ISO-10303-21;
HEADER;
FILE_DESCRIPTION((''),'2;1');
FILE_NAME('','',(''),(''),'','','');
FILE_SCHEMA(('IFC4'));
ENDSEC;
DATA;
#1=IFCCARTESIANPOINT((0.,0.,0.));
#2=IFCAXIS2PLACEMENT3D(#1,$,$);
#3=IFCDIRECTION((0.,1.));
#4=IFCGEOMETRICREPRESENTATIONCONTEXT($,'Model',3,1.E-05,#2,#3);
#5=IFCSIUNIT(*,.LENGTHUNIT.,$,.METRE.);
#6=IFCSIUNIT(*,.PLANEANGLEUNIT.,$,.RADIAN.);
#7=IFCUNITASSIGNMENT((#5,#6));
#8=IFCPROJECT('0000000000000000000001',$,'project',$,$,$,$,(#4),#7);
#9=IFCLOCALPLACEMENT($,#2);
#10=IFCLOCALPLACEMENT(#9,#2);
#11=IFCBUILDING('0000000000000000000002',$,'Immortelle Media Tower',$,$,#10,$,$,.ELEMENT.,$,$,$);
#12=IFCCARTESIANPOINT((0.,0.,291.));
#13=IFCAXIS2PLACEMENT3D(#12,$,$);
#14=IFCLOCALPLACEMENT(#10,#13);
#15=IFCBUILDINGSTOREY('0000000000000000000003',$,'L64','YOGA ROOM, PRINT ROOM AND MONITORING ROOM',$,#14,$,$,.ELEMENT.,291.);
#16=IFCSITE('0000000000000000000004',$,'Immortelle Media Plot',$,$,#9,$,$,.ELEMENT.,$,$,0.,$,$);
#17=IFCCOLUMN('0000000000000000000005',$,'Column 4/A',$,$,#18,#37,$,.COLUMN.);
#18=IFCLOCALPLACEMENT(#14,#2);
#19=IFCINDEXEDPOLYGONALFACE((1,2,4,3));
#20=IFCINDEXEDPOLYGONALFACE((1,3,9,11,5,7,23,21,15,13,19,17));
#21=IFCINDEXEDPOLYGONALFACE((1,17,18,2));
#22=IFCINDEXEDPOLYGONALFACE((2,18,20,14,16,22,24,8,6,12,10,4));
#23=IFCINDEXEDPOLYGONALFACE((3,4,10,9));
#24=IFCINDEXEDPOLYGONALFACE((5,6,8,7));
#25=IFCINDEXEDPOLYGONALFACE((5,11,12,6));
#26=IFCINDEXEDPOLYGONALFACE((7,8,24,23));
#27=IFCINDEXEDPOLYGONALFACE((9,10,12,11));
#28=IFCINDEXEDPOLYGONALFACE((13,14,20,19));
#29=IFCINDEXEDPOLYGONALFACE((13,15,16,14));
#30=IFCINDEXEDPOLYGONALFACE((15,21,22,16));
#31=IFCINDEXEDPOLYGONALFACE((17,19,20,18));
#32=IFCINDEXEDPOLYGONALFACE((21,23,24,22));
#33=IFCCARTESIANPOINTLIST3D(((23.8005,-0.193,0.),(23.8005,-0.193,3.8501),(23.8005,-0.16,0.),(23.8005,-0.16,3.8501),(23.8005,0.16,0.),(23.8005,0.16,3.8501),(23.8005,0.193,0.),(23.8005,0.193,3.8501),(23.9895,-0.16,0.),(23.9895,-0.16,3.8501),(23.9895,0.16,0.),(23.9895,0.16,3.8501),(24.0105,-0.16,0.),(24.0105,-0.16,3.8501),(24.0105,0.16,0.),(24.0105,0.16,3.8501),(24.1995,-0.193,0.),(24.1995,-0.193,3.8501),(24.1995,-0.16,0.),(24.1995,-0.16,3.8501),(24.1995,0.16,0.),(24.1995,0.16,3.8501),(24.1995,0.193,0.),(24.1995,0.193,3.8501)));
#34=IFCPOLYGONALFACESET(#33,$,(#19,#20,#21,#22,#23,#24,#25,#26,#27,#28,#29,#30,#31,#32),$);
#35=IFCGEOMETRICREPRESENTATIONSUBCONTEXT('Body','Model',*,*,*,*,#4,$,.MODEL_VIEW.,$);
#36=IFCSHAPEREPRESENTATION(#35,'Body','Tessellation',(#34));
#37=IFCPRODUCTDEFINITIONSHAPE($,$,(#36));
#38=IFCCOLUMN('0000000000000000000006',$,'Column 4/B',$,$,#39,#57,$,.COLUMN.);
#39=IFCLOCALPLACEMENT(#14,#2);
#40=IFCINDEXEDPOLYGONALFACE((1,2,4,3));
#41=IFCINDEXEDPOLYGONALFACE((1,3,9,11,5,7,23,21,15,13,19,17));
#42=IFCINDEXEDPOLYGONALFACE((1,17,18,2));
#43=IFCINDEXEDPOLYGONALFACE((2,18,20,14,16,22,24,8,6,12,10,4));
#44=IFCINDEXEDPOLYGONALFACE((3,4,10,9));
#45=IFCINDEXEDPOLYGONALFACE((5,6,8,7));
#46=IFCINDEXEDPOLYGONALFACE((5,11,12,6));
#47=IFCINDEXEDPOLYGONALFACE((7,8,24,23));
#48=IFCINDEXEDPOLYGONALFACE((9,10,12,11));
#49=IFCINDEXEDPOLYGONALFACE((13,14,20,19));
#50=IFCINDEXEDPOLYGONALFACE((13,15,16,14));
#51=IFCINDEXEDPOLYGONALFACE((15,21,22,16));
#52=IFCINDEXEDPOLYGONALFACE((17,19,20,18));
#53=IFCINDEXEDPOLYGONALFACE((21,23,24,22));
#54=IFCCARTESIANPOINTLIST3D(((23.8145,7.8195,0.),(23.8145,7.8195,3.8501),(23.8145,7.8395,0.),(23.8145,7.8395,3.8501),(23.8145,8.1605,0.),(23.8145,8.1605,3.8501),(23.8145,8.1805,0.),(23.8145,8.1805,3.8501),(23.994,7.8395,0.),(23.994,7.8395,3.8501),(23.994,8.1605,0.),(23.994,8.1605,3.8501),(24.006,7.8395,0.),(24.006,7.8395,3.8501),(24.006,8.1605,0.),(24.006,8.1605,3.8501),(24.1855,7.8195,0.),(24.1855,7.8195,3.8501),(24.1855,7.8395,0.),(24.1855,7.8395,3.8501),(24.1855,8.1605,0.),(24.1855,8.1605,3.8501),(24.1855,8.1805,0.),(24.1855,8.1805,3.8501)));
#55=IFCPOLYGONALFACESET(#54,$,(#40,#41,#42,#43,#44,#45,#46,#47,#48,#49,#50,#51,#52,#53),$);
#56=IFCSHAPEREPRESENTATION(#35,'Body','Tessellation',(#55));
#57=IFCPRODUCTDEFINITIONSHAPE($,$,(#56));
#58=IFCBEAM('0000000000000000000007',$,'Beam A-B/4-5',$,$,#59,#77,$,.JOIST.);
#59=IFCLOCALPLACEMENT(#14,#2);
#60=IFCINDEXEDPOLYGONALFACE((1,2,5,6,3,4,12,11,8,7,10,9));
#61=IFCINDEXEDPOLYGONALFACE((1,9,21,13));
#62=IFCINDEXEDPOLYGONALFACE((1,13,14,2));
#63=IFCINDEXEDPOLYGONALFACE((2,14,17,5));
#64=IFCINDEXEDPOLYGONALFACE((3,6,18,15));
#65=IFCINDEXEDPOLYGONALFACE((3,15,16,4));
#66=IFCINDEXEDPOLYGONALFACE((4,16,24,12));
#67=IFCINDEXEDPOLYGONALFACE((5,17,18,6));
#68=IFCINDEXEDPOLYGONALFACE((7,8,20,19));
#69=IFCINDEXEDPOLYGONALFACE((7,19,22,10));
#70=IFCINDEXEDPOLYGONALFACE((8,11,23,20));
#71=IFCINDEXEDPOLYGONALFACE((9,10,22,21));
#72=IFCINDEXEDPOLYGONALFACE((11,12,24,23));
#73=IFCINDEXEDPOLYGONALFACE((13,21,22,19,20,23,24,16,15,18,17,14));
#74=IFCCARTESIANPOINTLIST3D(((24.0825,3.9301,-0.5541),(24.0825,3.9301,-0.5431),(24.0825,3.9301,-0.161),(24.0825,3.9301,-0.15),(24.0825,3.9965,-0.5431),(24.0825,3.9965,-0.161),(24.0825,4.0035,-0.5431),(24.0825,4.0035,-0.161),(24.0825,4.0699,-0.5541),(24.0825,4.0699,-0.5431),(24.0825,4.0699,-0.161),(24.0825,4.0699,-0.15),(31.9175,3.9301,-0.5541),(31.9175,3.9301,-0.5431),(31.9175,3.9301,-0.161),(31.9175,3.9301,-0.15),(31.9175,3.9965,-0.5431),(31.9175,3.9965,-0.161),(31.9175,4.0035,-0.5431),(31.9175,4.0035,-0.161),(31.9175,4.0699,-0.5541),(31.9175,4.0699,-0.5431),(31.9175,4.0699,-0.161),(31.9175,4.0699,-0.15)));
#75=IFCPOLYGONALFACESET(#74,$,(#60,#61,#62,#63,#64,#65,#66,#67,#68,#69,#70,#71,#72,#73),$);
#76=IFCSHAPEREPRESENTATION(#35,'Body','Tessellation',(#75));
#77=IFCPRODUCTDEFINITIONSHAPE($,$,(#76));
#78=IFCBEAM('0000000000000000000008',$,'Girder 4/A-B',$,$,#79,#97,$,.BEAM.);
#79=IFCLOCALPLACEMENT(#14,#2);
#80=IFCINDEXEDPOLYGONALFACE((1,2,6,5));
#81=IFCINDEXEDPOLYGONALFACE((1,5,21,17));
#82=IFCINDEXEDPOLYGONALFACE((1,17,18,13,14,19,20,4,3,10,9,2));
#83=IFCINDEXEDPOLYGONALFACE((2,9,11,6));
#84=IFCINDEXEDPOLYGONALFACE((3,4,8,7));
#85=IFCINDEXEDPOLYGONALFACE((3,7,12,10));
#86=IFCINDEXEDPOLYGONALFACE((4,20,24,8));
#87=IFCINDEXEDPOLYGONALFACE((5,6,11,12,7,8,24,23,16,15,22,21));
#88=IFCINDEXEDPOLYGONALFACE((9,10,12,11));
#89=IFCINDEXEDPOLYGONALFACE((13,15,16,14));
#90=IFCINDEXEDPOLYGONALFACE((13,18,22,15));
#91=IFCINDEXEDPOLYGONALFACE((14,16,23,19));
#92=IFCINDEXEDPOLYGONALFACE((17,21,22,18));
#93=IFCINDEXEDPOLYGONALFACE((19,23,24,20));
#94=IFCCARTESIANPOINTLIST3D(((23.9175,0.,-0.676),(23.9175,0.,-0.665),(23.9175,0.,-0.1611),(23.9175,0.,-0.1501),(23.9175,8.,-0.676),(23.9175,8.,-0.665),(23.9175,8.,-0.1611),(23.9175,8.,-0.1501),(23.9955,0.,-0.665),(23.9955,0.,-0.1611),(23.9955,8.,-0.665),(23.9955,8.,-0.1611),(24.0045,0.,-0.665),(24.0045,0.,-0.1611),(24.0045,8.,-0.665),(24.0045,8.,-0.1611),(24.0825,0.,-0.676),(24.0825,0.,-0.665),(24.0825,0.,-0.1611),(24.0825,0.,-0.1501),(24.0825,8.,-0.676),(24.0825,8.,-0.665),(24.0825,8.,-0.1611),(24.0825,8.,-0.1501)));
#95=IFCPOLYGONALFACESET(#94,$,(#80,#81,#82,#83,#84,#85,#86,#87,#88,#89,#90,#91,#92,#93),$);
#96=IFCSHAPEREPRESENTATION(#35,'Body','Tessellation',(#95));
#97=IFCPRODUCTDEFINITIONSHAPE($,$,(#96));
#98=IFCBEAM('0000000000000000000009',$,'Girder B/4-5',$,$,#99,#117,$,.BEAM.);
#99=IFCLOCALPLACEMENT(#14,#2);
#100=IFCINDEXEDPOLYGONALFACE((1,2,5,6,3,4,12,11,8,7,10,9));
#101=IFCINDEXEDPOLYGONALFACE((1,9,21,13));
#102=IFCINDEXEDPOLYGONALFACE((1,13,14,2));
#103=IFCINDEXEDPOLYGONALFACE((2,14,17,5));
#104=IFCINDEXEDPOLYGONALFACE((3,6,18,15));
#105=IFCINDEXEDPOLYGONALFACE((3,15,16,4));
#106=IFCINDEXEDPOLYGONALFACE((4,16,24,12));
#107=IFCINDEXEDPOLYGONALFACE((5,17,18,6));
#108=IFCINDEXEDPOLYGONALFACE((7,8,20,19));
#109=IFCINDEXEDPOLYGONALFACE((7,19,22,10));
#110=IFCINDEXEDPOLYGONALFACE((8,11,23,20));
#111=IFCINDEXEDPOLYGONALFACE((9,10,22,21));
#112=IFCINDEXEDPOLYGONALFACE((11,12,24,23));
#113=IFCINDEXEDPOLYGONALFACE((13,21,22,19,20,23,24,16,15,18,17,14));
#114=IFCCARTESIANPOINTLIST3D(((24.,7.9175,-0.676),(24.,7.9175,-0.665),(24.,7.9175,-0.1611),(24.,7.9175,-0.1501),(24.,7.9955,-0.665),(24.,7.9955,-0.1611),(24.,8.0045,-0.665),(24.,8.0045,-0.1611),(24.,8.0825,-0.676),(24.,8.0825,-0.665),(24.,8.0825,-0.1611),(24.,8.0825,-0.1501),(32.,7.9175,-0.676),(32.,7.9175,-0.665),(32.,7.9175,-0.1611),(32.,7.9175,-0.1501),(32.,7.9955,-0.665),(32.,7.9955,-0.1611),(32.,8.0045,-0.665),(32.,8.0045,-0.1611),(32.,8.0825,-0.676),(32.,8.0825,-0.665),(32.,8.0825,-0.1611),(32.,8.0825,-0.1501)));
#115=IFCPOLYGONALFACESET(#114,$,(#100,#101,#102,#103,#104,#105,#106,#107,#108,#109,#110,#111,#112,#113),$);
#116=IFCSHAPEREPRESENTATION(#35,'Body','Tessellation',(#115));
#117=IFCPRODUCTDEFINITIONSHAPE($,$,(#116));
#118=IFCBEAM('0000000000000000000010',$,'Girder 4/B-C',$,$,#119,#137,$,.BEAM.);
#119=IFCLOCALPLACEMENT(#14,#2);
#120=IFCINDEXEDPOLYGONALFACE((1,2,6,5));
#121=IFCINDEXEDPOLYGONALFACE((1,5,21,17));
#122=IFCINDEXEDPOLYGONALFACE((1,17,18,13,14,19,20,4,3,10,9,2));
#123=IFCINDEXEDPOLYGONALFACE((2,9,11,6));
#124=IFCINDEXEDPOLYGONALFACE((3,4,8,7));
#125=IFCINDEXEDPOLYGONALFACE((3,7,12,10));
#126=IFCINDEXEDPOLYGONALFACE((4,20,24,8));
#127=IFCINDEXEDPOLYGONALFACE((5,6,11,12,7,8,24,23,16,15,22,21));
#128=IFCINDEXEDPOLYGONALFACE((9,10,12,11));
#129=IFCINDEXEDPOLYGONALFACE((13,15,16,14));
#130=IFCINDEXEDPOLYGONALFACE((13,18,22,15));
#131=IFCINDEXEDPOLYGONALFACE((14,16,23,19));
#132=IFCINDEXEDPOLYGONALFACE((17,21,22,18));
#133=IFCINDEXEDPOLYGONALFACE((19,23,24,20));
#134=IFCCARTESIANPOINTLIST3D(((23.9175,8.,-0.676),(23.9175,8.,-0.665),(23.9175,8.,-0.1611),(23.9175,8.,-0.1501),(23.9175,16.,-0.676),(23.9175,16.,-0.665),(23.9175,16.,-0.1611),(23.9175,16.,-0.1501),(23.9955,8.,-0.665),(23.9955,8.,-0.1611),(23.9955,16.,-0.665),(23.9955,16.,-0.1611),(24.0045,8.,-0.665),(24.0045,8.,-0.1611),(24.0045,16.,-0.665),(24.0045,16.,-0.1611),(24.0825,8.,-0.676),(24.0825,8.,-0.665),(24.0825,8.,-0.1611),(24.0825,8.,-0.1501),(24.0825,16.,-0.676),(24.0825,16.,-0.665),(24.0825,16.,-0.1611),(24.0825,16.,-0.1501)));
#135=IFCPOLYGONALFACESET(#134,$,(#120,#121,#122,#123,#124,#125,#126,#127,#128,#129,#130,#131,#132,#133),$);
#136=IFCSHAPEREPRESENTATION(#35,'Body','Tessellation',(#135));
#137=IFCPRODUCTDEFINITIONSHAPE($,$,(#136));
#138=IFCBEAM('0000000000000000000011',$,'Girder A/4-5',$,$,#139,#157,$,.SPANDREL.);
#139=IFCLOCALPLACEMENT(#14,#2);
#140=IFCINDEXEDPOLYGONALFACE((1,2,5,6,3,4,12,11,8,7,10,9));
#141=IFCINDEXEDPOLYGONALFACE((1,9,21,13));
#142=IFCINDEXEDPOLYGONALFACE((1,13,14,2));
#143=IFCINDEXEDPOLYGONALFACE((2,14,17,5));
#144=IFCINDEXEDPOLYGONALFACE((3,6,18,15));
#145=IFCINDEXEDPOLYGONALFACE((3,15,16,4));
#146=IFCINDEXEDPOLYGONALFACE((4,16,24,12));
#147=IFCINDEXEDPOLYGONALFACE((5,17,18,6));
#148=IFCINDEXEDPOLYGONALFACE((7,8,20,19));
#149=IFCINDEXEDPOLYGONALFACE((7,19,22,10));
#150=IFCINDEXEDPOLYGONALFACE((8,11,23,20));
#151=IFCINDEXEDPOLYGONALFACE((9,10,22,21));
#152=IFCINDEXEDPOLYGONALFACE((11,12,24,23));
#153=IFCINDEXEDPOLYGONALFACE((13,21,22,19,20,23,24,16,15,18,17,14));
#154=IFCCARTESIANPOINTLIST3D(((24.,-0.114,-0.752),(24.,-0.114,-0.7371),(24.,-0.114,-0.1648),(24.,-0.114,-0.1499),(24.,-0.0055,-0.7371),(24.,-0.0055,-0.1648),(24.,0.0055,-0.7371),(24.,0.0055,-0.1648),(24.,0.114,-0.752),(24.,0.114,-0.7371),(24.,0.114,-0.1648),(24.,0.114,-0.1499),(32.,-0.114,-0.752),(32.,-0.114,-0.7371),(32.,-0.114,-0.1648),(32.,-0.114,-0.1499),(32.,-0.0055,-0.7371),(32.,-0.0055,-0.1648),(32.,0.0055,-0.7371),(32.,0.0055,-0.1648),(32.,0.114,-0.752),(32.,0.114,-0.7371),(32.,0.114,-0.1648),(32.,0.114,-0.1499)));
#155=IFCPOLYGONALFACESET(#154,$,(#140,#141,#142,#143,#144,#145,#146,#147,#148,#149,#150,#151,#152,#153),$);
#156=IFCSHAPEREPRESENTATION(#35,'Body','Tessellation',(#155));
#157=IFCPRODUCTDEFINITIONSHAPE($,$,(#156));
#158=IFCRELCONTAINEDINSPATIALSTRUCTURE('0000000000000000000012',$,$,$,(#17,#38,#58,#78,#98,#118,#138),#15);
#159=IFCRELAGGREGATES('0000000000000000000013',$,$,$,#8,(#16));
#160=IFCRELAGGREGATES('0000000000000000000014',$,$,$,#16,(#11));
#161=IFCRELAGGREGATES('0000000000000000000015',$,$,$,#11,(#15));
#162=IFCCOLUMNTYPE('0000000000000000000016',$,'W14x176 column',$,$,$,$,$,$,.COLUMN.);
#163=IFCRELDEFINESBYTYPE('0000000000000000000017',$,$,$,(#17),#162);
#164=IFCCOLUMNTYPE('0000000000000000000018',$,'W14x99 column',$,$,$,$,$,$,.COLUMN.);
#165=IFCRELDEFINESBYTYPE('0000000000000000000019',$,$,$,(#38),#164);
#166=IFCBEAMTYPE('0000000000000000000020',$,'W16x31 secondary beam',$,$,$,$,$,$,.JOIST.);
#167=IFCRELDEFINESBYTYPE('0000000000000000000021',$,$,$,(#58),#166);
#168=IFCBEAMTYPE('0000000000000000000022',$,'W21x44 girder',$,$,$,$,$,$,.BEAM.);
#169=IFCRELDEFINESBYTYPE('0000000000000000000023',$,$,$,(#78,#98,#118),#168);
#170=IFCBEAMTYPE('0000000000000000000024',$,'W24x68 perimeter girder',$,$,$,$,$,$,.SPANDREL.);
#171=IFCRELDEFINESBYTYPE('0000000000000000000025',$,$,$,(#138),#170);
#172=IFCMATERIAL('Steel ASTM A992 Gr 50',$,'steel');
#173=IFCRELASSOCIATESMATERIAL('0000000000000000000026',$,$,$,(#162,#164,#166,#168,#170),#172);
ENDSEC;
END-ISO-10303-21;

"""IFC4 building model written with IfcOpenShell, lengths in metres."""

from ifc_helpers import new_model, si_unit, direction, frame, origin, origin_2d, place, context, subcontext, project, spatial, i_section, extrude, material, material_profile, profile_set, type_object, element, save


model = new_model("IFC4")

# Units and contexts
model_context = context("Model", 3, precision=1e-05, world=origin(), true_north=direction((0.0, 1.0)))
body_context = subcontext(model_context, "Body", "Model", "MODEL_VIEW")
ifc_project = project(units=[si_unit("LENGTHUNIT", "METRE"), si_unit("PLANEANGLEUNIT", "RADIAN")], contexts=[model_context])

# Site, building, storey
site_placement = place(None, origin())
site = spatial("IfcSite", under=ifc_project, at=site_placement, Name="Immortelle Media Plot", CompositionType="ELEMENT", RefElevation=0.0)
building_placement = place(site_placement, origin())
building = spatial("IfcBuilding", under=site, at=building_placement, Name="Immortelle Media Tower", CompositionType="ELEMENT")
storey_placement = place(building_placement, frame((0.0, 0.0, 291.0)))
storey = spatial("IfcBuildingStorey", under=building, at=storey_placement, Name="L64", Description="YOGA ROOM, PRINT ROOM AND MONITORING ROOM", CompositionType="ELEMENT", Elevation=291.0)

# Columns
ifc_material_1 = material(Name="Steel ASTM A992 Gr 50", Category="steel")
ifc_material_profile_1 = material_profile(ifc_material_1, i_section(OverallWidth=0.3989, OverallDepth=0.386, WebThickness=0.021, FlangeThickness=0.033, at=origin_2d()), Name="W14x176")
ifc_profile_set_1 = profile_set([ifc_material_profile_1], Name="Steel ASTM A992 Gr 50")
column_type_1 = type_object("IfcColumnType", Name="W14x176 column", PredefinedType="COLUMN", material=ifc_profile_set_1)
column_1_placement = place(storey_placement, frame((24.0, 0.0, 0.0), z_axis=(0.0, 0.0, 1.0), x_axis=(1.0, 0.0, 0.0)))
element("IfcColumn", 1, at=column_1_placement, inside=storey, type_object=column_type_1, Name="Column 4/A", PredefinedType="COLUMN", context=body_context, shape_type="SweptSolid", body=[
    extrude(i_section(OverallWidth=0.3989, OverallDepth=0.386, WebThickness=0.021, FlangeThickness=0.033, at=origin_2d()), origin(), (0.0, 0.0, 1.0), 3.8501),
])
ifc_material_profile_2 = material_profile(ifc_material_1, i_section(OverallWidth=0.3711, OverallDepth=0.3611, WebThickness=0.012, FlangeThickness=0.02, at=origin_2d()), Name="W14x99")
ifc_profile_set_2 = profile_set([ifc_material_profile_2], Name="Steel ASTM A992 Gr 50")
column_type_2 = type_object("IfcColumnType", Name="W14x99 column", PredefinedType="COLUMN", material=ifc_profile_set_2)
column_2_placement = place(storey_placement, frame((24.0, 8.0, 0.0), z_axis=(0.0, 0.0, 1.0), x_axis=(1.0, 0.0, 0.0)))
element("IfcColumn", 2, at=column_2_placement, inside=storey, type_object=column_type_2, Name="Column 4/B", PredefinedType="COLUMN", context=body_context, shape_type="SweptSolid", body=[
    extrude(i_section(OverallWidth=0.3711, OverallDepth=0.3611, WebThickness=0.012, FlangeThickness=0.02, at=origin_2d()), origin(), (0.0, 0.0, 1.0), 3.8501),
])

# Beams
ifc_material_profile_3 = material_profile(ifc_material_1, i_section(OverallWidth=0.1399, OverallDepth=0.4041, WebThickness=0.0071, FlangeThickness=0.011, at=origin_2d()), Name="W16x31")
ifc_profile_set_3 = profile_set([ifc_material_profile_3], Name="Steel ASTM A992 Gr 50")
beam_type_1 = type_object("IfcBeamType", Name="W16x31 secondary beam", PredefinedType="JOIST", material=ifc_profile_set_3)
beam_1_placement = place(storey_placement, frame((24.0825, 4.0, -0.3521), z_axis=(1.0, 0.0, 0.0), x_axis=(0.0, 1.0, 0.0)))
element("IfcBeam", 3, at=beam_1_placement, inside=storey, type_object=beam_type_1, Name="Beam A-B/4-5", PredefinedType="JOIST", context=body_context, shape_type="SweptSolid", body=[
    extrude(i_section(OverallWidth=0.1399, OverallDepth=0.4041, WebThickness=0.0071, FlangeThickness=0.011, at=origin_2d()), origin(), (0.0, 0.0, 1.0), 7.835),
])
ifc_material_profile_4 = material_profile(ifc_material_1, i_section(OverallWidth=0.165, OverallDepth=0.5259, WebThickness=0.009, FlangeThickness=0.011, at=origin_2d()), Name="W21x44")
ifc_profile_set_4 = profile_set([ifc_material_profile_4], Name="Steel ASTM A992 Gr 50")
beam_type_2 = type_object("IfcBeamType", Name="W21x44 girder", PredefinedType="BEAM", material=ifc_profile_set_4)
for number, where, z_axis, x_axis, name in (
    (4, (24.0, 0.0, -0.4131), (0.0, 1.0, 0.0), (-1.0, 0.0, 0.0), "Girder 4/A-B"),
    (5, (24.0, 8.0, -0.4131), (1.0, 0.0, 0.0), (0.0, 1.0, 0.0), "Girder B/4-5"),
    (6, (24.0, 8.0, -0.4131), (0.0, 1.0, 0.0), (-1.0, 0.0, 0.0), "Girder 4/B-C"),
):
    element("IfcBeam", number, at=place(storey_placement, frame(where, z_axis=z_axis, x_axis=x_axis)), inside=storey, type_object=beam_type_2, Name=name, PredefinedType="BEAM", context=body_context, shape_type="SweptSolid", body=[
        extrude(i_section(OverallWidth=0.165, OverallDepth=0.5259, WebThickness=0.009, FlangeThickness=0.011, at=origin_2d()), origin(), (0.0, 0.0, 1.0), 8.0),
    ])
ifc_material_profile_5 = material_profile(ifc_material_1, i_section(OverallWidth=0.228, OverallDepth=0.6021, WebThickness=0.011, FlangeThickness=0.0149, at=origin_2d()), Name="W24x68")
ifc_profile_set_5 = profile_set([ifc_material_profile_5], Name="Steel ASTM A992 Gr 50")
beam_type_3 = type_object("IfcBeamType", Name="W24x68 perimeter girder", PredefinedType="SPANDREL", material=ifc_profile_set_5)
beam_2_placement = place(storey_placement, frame((24.0, 0.0, -0.4509), z_axis=(1.0, 0.0, 0.0), x_axis=(0.0, 1.0, 0.0)))
element("IfcBeam", 7, at=beam_2_placement, inside=storey, type_object=beam_type_3, Name="Girder A/4-5", PredefinedType="SPANDREL", context=body_context, shape_type="SweptSolid", body=[
    extrude(i_section(OverallWidth=0.228, OverallDepth=0.6021, WebThickness=0.011, FlangeThickness=0.0149, at=origin_2d()), origin(), (0.0, 0.0, 1.0), 8.0),
])

save(model, "model.ifc")
